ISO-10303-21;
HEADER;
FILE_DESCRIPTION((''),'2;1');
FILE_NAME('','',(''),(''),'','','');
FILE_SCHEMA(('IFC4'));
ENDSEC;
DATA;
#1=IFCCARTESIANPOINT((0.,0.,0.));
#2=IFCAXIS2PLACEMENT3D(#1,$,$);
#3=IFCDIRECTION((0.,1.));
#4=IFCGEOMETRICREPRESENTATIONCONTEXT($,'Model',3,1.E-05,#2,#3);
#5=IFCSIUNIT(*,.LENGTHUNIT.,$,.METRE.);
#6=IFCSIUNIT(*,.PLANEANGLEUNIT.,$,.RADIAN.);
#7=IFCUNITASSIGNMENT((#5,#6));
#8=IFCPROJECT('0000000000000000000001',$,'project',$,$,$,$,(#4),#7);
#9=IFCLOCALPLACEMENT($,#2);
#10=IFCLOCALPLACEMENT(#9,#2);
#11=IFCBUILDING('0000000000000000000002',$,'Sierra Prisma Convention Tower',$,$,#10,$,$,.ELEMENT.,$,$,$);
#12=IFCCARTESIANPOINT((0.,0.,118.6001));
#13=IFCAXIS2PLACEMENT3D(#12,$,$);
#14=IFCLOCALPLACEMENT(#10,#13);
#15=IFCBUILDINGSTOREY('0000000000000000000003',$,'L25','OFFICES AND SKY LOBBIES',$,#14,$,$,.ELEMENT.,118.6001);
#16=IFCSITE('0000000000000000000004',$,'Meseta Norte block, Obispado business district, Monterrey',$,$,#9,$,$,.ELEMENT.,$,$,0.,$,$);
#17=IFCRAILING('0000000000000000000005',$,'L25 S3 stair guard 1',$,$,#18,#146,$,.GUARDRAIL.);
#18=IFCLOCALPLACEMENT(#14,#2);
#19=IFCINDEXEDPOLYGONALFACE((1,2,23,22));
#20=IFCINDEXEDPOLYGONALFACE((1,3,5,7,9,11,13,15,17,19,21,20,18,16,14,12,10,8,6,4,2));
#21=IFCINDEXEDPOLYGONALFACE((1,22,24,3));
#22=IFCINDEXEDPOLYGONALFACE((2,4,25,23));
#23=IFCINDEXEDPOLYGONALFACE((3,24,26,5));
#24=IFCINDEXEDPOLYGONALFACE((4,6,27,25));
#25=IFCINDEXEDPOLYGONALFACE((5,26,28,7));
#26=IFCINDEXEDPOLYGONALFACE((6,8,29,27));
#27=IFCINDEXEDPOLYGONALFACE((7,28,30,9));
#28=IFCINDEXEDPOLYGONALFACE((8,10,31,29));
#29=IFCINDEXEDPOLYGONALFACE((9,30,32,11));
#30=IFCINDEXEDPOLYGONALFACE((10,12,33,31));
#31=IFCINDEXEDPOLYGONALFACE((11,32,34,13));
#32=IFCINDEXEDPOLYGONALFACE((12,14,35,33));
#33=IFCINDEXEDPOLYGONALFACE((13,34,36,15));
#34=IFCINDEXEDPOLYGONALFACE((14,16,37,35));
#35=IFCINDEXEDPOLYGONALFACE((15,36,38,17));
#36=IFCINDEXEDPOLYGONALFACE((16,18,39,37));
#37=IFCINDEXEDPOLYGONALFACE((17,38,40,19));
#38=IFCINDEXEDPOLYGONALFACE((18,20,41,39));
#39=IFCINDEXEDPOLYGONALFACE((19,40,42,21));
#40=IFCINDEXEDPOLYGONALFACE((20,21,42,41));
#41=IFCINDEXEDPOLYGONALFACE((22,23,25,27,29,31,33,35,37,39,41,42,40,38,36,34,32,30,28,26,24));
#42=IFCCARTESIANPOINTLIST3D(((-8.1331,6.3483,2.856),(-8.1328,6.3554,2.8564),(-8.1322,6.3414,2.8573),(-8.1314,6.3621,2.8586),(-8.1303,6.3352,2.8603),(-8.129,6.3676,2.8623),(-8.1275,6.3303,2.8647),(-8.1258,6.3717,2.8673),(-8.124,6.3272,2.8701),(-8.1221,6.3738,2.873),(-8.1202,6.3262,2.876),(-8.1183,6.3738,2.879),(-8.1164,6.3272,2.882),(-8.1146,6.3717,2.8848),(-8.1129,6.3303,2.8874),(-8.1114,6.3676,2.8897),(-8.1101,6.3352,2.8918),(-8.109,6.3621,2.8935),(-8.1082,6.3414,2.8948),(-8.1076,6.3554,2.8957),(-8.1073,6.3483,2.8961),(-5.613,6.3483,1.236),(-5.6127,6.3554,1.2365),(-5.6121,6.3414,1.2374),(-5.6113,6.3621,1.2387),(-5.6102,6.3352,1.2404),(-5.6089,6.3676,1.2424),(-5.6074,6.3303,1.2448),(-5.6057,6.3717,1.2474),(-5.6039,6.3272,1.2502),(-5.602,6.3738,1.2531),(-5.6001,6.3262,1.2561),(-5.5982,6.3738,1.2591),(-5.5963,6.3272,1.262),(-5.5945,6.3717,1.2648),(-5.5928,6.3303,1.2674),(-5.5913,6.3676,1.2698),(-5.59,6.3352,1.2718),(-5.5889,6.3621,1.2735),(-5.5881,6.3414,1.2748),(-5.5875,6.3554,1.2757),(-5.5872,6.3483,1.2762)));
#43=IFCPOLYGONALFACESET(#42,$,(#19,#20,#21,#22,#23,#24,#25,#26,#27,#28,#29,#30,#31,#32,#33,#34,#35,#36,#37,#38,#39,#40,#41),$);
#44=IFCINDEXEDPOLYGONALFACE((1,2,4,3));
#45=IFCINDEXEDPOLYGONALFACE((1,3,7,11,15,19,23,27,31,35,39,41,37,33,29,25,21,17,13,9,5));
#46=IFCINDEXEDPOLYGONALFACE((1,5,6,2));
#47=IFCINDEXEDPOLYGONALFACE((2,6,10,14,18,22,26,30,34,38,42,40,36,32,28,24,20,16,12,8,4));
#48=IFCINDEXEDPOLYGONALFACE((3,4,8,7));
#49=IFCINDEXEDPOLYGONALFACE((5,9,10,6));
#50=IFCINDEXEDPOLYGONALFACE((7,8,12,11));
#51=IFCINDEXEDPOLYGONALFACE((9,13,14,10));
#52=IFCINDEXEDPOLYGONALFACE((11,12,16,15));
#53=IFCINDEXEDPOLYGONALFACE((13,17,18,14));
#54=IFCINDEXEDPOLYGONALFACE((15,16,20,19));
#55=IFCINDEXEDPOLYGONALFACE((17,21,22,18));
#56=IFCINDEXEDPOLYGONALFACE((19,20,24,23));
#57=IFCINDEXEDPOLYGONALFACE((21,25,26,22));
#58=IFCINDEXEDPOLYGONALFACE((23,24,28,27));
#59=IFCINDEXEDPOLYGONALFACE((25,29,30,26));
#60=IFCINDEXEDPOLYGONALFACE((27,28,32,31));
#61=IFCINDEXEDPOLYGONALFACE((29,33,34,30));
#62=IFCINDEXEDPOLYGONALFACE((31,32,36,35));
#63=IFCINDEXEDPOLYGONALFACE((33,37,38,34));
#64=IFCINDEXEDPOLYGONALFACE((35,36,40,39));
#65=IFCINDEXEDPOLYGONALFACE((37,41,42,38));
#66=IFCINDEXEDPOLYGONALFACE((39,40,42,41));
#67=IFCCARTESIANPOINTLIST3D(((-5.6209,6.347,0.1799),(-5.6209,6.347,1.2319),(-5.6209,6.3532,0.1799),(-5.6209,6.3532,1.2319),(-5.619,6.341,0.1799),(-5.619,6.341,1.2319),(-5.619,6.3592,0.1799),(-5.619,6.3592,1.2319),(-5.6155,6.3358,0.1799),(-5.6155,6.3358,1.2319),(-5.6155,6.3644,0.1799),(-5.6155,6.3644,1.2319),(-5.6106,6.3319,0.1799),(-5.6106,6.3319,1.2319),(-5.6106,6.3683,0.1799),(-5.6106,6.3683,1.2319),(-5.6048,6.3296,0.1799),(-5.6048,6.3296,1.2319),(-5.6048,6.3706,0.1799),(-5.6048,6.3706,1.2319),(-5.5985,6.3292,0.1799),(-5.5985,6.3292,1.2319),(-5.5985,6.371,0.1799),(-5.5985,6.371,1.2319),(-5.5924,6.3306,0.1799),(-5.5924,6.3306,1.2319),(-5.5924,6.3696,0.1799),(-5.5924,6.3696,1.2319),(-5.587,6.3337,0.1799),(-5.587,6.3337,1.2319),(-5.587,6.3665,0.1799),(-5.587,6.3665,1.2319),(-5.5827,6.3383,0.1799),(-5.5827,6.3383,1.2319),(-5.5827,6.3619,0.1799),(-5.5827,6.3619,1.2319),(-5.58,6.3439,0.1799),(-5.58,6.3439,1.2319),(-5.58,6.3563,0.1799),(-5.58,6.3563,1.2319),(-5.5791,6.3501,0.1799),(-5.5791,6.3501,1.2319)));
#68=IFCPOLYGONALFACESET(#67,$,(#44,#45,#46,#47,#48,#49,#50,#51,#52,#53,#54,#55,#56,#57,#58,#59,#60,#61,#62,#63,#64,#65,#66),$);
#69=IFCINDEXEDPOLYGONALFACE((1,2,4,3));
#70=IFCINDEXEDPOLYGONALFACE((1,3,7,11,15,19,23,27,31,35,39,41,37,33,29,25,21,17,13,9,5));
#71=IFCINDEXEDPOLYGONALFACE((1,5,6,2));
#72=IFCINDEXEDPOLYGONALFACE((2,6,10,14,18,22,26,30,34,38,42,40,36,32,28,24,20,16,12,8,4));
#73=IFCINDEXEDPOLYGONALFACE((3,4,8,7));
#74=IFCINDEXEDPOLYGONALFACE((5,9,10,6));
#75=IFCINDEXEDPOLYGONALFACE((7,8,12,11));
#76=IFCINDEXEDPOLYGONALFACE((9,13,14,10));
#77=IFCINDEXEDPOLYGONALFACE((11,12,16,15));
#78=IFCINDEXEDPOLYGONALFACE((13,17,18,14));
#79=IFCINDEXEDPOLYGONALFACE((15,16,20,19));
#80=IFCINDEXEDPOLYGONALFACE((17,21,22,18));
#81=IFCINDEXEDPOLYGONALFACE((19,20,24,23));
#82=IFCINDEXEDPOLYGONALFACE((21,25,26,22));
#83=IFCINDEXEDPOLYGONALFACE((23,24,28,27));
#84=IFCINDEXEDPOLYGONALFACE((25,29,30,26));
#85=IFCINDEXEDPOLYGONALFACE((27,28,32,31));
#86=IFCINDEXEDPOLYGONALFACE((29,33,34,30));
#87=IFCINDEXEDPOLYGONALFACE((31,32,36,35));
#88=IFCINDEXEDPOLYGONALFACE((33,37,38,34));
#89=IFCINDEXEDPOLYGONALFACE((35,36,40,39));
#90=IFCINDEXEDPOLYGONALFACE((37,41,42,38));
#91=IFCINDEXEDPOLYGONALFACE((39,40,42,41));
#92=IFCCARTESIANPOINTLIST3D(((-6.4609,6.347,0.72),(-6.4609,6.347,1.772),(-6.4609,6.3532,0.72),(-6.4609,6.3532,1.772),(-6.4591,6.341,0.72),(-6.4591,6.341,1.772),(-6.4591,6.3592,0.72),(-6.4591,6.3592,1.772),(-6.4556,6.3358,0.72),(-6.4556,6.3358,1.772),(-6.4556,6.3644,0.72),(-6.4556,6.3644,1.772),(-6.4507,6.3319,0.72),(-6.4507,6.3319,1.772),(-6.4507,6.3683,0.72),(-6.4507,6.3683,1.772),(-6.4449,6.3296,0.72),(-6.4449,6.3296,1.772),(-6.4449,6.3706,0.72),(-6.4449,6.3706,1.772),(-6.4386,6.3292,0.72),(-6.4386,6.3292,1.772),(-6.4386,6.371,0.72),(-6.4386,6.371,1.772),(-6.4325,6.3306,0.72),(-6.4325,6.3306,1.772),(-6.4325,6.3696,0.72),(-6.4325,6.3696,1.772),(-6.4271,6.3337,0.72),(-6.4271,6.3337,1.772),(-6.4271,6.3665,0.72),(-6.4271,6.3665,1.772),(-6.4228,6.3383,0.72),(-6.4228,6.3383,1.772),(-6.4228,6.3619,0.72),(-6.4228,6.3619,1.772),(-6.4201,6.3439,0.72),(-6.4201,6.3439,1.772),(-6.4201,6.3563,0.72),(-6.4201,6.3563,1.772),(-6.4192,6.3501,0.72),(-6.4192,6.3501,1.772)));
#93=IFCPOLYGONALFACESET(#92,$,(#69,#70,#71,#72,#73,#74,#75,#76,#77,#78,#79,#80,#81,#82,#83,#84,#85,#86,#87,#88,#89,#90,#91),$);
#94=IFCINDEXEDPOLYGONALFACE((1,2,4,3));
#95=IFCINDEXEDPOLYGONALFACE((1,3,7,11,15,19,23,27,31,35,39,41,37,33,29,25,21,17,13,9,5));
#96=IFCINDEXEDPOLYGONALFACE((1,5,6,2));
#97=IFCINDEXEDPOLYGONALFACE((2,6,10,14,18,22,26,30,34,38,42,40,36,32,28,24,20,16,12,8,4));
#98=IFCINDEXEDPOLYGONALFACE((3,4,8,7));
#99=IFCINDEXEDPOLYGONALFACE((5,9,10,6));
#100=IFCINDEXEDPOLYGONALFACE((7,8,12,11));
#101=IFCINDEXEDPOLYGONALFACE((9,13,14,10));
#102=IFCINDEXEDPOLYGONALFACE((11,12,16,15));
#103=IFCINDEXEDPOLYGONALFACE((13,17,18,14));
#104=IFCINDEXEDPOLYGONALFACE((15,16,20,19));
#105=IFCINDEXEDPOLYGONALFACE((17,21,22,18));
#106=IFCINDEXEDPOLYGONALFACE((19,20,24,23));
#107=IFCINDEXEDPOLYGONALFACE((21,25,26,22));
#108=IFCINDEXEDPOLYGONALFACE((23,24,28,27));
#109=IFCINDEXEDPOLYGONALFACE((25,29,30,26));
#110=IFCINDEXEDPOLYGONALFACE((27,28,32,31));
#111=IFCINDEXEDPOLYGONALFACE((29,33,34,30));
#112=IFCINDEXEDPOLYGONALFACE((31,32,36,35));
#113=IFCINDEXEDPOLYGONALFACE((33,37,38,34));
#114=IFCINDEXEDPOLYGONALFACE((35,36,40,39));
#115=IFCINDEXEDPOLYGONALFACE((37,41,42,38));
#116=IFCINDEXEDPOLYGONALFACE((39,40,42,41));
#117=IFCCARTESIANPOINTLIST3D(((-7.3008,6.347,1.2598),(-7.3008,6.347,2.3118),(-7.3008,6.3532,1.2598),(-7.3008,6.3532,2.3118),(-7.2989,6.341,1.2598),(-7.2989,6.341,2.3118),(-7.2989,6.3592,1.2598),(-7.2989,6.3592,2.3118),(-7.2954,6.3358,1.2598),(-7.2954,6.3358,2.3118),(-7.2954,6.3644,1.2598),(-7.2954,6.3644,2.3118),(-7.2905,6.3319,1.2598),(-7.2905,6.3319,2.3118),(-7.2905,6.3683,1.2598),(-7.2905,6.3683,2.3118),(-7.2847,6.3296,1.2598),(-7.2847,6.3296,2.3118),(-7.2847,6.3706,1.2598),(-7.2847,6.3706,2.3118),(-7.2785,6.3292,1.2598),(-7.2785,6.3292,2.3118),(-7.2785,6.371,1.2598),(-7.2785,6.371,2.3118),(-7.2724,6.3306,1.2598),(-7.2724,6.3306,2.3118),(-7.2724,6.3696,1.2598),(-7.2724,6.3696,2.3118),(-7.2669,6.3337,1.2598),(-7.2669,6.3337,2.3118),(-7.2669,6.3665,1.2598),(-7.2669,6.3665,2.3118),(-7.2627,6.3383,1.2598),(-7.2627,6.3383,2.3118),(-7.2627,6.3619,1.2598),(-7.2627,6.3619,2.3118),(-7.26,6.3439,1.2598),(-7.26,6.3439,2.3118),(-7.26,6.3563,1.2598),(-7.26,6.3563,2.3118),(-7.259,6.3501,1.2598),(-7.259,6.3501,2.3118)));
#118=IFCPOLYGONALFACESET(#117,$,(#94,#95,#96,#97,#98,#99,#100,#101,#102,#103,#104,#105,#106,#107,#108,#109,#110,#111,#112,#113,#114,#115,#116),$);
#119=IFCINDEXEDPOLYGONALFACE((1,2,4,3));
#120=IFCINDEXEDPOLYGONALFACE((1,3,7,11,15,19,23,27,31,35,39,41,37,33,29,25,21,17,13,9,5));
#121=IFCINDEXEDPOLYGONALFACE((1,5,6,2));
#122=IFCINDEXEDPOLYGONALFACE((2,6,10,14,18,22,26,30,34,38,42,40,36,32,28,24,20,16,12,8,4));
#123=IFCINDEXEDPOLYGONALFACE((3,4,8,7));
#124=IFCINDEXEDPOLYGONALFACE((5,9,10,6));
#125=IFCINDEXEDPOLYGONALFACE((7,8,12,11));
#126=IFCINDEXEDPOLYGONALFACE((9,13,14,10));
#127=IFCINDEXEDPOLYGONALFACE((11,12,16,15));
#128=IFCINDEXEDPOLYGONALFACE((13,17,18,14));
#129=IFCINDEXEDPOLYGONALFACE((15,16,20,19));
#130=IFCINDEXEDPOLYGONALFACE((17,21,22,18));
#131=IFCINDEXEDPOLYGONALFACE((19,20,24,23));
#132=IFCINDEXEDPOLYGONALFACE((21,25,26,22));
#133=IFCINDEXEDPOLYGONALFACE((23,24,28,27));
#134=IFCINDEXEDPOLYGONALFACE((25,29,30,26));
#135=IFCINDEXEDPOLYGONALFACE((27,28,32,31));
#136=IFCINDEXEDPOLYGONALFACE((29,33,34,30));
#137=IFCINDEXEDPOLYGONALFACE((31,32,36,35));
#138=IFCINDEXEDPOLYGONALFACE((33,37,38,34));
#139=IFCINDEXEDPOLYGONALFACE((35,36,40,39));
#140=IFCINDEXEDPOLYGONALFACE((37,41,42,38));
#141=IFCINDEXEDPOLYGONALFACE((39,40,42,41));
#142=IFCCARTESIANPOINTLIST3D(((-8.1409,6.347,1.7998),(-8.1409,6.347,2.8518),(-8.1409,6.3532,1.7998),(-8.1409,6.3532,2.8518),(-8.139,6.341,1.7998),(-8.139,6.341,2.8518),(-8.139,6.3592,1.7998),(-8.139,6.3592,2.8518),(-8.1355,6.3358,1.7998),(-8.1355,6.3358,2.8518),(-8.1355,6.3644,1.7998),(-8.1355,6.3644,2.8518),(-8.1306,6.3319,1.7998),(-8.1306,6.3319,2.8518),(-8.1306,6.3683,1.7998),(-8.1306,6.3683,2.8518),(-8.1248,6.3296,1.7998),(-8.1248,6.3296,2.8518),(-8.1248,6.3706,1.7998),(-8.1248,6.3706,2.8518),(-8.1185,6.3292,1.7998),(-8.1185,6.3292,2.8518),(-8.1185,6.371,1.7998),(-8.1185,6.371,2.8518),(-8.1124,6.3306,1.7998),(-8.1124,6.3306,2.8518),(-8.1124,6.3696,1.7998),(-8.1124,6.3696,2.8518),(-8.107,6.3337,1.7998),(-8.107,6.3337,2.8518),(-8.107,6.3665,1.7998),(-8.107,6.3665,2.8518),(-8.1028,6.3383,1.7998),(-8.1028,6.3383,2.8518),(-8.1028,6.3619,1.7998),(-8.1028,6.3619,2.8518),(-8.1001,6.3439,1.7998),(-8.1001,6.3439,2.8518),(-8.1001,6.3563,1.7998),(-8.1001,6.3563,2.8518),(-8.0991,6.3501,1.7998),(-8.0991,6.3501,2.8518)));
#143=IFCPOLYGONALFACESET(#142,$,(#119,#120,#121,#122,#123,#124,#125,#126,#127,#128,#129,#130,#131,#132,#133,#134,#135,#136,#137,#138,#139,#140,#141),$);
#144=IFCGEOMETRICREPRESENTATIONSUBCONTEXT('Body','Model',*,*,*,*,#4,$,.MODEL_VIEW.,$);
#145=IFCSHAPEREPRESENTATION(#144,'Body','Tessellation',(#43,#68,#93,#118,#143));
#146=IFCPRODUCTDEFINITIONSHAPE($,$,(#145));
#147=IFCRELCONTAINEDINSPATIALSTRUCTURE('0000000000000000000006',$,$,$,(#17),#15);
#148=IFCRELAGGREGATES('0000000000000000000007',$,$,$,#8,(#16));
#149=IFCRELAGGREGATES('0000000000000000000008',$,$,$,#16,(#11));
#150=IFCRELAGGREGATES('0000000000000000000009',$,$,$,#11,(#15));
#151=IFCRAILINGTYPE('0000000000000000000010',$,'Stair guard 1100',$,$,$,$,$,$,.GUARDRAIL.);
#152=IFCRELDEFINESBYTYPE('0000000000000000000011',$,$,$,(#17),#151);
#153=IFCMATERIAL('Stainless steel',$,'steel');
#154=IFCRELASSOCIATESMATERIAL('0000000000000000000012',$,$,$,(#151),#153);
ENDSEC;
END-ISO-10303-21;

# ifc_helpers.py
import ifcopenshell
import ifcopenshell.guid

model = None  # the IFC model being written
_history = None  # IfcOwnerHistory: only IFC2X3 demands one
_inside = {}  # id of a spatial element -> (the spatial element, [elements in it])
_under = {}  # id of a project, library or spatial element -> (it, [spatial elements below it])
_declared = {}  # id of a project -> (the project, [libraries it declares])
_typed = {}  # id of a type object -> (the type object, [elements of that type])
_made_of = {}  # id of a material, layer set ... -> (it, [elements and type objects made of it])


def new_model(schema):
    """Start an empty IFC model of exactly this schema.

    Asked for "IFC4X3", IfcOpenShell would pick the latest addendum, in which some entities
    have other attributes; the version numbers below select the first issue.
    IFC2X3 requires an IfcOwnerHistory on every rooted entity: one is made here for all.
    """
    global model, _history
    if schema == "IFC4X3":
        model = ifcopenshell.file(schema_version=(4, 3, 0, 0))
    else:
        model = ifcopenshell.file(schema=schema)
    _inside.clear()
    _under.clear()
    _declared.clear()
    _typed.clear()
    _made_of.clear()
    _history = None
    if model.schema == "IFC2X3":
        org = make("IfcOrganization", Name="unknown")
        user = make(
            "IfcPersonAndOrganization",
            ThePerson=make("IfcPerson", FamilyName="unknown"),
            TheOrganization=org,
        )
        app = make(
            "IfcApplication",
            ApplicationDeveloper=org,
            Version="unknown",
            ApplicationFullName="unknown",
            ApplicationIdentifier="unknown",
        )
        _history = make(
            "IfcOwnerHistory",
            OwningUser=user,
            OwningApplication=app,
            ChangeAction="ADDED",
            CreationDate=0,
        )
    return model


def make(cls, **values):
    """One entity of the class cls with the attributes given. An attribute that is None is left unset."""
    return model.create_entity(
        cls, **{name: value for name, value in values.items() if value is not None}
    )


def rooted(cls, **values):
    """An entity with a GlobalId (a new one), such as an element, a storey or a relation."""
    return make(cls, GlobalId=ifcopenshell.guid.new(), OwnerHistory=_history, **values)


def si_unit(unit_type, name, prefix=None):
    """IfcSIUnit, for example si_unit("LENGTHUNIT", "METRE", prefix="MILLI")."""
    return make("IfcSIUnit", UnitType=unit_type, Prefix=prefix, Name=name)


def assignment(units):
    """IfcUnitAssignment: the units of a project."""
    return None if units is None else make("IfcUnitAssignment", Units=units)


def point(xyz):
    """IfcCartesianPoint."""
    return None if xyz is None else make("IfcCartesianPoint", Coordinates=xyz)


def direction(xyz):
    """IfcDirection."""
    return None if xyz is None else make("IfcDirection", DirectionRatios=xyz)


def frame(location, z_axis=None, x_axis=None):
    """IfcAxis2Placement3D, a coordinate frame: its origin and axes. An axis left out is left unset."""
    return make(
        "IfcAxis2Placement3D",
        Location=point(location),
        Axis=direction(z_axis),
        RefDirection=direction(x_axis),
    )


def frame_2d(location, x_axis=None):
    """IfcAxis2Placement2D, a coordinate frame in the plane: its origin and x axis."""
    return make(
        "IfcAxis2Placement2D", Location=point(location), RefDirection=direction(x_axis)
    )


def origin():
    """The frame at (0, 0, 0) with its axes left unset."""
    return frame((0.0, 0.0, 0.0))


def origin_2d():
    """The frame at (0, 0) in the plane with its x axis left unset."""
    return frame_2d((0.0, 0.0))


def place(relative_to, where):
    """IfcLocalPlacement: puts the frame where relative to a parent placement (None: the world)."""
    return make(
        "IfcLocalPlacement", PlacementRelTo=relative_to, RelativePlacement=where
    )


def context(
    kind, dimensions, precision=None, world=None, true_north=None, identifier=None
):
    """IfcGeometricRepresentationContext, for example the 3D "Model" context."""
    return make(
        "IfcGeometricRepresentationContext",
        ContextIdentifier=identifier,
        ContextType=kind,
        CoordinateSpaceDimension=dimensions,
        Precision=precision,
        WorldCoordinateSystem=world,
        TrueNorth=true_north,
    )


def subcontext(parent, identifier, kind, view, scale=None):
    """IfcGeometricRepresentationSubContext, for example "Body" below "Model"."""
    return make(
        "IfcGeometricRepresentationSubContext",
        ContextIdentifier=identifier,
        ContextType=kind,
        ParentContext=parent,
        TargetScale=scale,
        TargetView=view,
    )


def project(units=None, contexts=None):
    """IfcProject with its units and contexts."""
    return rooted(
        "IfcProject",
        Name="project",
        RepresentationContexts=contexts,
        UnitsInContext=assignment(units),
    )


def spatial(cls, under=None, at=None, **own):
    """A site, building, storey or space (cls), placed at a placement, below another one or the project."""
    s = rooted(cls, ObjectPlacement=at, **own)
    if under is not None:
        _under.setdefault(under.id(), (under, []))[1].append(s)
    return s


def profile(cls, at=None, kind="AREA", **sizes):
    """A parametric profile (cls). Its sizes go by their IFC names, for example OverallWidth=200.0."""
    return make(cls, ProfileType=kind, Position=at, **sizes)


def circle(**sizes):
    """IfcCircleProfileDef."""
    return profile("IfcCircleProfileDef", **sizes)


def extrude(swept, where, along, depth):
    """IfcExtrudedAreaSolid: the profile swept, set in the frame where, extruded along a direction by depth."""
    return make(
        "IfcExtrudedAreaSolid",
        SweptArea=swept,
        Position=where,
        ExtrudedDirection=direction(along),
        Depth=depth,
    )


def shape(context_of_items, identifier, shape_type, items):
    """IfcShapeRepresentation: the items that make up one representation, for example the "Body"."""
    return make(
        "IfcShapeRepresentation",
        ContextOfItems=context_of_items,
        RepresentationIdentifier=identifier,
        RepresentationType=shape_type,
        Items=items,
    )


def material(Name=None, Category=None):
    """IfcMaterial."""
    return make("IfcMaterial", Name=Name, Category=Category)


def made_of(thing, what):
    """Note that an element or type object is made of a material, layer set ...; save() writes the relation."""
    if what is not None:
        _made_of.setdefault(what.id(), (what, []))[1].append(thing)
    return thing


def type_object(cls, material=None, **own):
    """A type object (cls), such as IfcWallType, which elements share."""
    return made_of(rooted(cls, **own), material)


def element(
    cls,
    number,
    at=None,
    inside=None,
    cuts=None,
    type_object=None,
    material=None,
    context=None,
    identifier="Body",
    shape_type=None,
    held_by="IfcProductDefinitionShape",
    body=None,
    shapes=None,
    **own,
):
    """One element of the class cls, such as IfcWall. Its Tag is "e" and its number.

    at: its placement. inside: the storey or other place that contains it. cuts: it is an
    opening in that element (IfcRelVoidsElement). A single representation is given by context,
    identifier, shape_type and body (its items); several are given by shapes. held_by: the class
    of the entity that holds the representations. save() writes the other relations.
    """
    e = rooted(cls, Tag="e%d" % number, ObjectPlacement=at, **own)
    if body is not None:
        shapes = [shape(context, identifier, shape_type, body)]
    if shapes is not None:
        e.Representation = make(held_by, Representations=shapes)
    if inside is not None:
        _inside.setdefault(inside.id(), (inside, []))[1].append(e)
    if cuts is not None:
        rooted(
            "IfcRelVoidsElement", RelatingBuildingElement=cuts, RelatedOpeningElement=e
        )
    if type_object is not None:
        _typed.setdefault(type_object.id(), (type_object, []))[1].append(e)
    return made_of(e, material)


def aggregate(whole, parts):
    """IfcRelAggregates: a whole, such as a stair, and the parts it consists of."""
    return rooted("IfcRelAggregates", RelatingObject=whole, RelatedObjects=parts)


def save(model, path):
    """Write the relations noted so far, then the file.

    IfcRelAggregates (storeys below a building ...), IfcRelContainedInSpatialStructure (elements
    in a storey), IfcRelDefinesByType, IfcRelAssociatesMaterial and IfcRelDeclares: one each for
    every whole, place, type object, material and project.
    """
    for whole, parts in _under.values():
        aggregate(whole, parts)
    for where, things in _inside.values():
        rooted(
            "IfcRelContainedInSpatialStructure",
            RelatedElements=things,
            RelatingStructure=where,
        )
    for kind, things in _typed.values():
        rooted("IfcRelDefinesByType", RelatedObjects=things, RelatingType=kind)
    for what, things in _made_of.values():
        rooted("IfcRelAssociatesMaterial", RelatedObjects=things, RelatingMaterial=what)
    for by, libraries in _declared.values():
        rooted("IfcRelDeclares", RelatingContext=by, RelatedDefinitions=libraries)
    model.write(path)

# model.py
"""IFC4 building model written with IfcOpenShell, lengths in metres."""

from ifc_helpers import new_model, si_unit, direction, frame, origin, origin_2d, place, context, subcontext, project, spatial, circle, extrude, material, type_object, element, save


model = new_model("IFC4")

# Units and contexts
model_context = context("Model", 3, precision=1e-05, world=origin(), true_north=direction((0.0, 1.0)))
body_context = subcontext(model_context, "Body", "Model", "MODEL_VIEW")
ifc_project = project(units=[si_unit("LENGTHUNIT", "METRE"), si_unit("PLANEANGLEUNIT", "RADIAN")], contexts=[model_context])

# Site, building, storey
site_placement = place(None, origin())
site = spatial("IfcSite", under=ifc_project, at=site_placement, Name="Meseta Norte block, Obispado business district, Monterrey", CompositionType="ELEMENT", RefElevation=0.0)
building_placement = place(site_placement, origin())
building = spatial("IfcBuilding", under=site, at=building_placement, Name="Sierra Prisma Convention Tower", CompositionType="ELEMENT")
storey_placement = place(building_placement, frame((0.0, 0.0, 118.6001)))
storey = spatial("IfcBuildingStorey", under=building, at=storey_placement, Name="L25", Description="OFFICES AND SKY LOBBIES", CompositionType="ELEMENT", Elevation=118.6001)

# Railing
ifc_material_1 = material(Name="Stainless steel", Category="steel")
railing_type_1 = type_object("IfcRailingType", Name="Stair guard 1100", PredefinedType="GUARDRAIL", material=ifc_material_1)
railing_1_placement = place(storey_placement, frame((-5.6001, 6.3501, 0.1799)))
element("IfcRailing", 1, at=railing_1_placement, inside=storey, type_object=railing_type_1, Name="L25 S3 stair guard 1", PredefinedType="GUARDRAIL", context=body_context, shape_type="SweptSolid", body=[
    extrude(circle(Radius=0.0239, at=origin_2d()), frame((0.0, 0.0, 1.0762), z_axis=(-0.8412, 0.0, 0.540725), x_axis=(0.0, -1.0, 0.0)), (0.0, 0.0, 1.0), 2.9958),
    extrude(circle(Radius=0.021, at=origin_2d()), origin(), (0.0, 0.0, 1.0), 1.052),
    extrude(circle(Radius=0.021, at=origin_2d()), frame((-0.8401, 0.0, 0.54)), (0.0, 0.0, 1.0), 1.052),
    extrude(circle(Radius=0.021, at=origin_2d()), frame((-1.6799, 0.0, 1.0798)), (0.0, 0.0, 1.0), 1.052),
    extrude(circle(Radius=0.021, at=origin_2d()), frame((-2.52, 0.0, 1.6199)), (0.0, 0.0, 1.0), 1.052),
])

save(model, "model.ifc")
